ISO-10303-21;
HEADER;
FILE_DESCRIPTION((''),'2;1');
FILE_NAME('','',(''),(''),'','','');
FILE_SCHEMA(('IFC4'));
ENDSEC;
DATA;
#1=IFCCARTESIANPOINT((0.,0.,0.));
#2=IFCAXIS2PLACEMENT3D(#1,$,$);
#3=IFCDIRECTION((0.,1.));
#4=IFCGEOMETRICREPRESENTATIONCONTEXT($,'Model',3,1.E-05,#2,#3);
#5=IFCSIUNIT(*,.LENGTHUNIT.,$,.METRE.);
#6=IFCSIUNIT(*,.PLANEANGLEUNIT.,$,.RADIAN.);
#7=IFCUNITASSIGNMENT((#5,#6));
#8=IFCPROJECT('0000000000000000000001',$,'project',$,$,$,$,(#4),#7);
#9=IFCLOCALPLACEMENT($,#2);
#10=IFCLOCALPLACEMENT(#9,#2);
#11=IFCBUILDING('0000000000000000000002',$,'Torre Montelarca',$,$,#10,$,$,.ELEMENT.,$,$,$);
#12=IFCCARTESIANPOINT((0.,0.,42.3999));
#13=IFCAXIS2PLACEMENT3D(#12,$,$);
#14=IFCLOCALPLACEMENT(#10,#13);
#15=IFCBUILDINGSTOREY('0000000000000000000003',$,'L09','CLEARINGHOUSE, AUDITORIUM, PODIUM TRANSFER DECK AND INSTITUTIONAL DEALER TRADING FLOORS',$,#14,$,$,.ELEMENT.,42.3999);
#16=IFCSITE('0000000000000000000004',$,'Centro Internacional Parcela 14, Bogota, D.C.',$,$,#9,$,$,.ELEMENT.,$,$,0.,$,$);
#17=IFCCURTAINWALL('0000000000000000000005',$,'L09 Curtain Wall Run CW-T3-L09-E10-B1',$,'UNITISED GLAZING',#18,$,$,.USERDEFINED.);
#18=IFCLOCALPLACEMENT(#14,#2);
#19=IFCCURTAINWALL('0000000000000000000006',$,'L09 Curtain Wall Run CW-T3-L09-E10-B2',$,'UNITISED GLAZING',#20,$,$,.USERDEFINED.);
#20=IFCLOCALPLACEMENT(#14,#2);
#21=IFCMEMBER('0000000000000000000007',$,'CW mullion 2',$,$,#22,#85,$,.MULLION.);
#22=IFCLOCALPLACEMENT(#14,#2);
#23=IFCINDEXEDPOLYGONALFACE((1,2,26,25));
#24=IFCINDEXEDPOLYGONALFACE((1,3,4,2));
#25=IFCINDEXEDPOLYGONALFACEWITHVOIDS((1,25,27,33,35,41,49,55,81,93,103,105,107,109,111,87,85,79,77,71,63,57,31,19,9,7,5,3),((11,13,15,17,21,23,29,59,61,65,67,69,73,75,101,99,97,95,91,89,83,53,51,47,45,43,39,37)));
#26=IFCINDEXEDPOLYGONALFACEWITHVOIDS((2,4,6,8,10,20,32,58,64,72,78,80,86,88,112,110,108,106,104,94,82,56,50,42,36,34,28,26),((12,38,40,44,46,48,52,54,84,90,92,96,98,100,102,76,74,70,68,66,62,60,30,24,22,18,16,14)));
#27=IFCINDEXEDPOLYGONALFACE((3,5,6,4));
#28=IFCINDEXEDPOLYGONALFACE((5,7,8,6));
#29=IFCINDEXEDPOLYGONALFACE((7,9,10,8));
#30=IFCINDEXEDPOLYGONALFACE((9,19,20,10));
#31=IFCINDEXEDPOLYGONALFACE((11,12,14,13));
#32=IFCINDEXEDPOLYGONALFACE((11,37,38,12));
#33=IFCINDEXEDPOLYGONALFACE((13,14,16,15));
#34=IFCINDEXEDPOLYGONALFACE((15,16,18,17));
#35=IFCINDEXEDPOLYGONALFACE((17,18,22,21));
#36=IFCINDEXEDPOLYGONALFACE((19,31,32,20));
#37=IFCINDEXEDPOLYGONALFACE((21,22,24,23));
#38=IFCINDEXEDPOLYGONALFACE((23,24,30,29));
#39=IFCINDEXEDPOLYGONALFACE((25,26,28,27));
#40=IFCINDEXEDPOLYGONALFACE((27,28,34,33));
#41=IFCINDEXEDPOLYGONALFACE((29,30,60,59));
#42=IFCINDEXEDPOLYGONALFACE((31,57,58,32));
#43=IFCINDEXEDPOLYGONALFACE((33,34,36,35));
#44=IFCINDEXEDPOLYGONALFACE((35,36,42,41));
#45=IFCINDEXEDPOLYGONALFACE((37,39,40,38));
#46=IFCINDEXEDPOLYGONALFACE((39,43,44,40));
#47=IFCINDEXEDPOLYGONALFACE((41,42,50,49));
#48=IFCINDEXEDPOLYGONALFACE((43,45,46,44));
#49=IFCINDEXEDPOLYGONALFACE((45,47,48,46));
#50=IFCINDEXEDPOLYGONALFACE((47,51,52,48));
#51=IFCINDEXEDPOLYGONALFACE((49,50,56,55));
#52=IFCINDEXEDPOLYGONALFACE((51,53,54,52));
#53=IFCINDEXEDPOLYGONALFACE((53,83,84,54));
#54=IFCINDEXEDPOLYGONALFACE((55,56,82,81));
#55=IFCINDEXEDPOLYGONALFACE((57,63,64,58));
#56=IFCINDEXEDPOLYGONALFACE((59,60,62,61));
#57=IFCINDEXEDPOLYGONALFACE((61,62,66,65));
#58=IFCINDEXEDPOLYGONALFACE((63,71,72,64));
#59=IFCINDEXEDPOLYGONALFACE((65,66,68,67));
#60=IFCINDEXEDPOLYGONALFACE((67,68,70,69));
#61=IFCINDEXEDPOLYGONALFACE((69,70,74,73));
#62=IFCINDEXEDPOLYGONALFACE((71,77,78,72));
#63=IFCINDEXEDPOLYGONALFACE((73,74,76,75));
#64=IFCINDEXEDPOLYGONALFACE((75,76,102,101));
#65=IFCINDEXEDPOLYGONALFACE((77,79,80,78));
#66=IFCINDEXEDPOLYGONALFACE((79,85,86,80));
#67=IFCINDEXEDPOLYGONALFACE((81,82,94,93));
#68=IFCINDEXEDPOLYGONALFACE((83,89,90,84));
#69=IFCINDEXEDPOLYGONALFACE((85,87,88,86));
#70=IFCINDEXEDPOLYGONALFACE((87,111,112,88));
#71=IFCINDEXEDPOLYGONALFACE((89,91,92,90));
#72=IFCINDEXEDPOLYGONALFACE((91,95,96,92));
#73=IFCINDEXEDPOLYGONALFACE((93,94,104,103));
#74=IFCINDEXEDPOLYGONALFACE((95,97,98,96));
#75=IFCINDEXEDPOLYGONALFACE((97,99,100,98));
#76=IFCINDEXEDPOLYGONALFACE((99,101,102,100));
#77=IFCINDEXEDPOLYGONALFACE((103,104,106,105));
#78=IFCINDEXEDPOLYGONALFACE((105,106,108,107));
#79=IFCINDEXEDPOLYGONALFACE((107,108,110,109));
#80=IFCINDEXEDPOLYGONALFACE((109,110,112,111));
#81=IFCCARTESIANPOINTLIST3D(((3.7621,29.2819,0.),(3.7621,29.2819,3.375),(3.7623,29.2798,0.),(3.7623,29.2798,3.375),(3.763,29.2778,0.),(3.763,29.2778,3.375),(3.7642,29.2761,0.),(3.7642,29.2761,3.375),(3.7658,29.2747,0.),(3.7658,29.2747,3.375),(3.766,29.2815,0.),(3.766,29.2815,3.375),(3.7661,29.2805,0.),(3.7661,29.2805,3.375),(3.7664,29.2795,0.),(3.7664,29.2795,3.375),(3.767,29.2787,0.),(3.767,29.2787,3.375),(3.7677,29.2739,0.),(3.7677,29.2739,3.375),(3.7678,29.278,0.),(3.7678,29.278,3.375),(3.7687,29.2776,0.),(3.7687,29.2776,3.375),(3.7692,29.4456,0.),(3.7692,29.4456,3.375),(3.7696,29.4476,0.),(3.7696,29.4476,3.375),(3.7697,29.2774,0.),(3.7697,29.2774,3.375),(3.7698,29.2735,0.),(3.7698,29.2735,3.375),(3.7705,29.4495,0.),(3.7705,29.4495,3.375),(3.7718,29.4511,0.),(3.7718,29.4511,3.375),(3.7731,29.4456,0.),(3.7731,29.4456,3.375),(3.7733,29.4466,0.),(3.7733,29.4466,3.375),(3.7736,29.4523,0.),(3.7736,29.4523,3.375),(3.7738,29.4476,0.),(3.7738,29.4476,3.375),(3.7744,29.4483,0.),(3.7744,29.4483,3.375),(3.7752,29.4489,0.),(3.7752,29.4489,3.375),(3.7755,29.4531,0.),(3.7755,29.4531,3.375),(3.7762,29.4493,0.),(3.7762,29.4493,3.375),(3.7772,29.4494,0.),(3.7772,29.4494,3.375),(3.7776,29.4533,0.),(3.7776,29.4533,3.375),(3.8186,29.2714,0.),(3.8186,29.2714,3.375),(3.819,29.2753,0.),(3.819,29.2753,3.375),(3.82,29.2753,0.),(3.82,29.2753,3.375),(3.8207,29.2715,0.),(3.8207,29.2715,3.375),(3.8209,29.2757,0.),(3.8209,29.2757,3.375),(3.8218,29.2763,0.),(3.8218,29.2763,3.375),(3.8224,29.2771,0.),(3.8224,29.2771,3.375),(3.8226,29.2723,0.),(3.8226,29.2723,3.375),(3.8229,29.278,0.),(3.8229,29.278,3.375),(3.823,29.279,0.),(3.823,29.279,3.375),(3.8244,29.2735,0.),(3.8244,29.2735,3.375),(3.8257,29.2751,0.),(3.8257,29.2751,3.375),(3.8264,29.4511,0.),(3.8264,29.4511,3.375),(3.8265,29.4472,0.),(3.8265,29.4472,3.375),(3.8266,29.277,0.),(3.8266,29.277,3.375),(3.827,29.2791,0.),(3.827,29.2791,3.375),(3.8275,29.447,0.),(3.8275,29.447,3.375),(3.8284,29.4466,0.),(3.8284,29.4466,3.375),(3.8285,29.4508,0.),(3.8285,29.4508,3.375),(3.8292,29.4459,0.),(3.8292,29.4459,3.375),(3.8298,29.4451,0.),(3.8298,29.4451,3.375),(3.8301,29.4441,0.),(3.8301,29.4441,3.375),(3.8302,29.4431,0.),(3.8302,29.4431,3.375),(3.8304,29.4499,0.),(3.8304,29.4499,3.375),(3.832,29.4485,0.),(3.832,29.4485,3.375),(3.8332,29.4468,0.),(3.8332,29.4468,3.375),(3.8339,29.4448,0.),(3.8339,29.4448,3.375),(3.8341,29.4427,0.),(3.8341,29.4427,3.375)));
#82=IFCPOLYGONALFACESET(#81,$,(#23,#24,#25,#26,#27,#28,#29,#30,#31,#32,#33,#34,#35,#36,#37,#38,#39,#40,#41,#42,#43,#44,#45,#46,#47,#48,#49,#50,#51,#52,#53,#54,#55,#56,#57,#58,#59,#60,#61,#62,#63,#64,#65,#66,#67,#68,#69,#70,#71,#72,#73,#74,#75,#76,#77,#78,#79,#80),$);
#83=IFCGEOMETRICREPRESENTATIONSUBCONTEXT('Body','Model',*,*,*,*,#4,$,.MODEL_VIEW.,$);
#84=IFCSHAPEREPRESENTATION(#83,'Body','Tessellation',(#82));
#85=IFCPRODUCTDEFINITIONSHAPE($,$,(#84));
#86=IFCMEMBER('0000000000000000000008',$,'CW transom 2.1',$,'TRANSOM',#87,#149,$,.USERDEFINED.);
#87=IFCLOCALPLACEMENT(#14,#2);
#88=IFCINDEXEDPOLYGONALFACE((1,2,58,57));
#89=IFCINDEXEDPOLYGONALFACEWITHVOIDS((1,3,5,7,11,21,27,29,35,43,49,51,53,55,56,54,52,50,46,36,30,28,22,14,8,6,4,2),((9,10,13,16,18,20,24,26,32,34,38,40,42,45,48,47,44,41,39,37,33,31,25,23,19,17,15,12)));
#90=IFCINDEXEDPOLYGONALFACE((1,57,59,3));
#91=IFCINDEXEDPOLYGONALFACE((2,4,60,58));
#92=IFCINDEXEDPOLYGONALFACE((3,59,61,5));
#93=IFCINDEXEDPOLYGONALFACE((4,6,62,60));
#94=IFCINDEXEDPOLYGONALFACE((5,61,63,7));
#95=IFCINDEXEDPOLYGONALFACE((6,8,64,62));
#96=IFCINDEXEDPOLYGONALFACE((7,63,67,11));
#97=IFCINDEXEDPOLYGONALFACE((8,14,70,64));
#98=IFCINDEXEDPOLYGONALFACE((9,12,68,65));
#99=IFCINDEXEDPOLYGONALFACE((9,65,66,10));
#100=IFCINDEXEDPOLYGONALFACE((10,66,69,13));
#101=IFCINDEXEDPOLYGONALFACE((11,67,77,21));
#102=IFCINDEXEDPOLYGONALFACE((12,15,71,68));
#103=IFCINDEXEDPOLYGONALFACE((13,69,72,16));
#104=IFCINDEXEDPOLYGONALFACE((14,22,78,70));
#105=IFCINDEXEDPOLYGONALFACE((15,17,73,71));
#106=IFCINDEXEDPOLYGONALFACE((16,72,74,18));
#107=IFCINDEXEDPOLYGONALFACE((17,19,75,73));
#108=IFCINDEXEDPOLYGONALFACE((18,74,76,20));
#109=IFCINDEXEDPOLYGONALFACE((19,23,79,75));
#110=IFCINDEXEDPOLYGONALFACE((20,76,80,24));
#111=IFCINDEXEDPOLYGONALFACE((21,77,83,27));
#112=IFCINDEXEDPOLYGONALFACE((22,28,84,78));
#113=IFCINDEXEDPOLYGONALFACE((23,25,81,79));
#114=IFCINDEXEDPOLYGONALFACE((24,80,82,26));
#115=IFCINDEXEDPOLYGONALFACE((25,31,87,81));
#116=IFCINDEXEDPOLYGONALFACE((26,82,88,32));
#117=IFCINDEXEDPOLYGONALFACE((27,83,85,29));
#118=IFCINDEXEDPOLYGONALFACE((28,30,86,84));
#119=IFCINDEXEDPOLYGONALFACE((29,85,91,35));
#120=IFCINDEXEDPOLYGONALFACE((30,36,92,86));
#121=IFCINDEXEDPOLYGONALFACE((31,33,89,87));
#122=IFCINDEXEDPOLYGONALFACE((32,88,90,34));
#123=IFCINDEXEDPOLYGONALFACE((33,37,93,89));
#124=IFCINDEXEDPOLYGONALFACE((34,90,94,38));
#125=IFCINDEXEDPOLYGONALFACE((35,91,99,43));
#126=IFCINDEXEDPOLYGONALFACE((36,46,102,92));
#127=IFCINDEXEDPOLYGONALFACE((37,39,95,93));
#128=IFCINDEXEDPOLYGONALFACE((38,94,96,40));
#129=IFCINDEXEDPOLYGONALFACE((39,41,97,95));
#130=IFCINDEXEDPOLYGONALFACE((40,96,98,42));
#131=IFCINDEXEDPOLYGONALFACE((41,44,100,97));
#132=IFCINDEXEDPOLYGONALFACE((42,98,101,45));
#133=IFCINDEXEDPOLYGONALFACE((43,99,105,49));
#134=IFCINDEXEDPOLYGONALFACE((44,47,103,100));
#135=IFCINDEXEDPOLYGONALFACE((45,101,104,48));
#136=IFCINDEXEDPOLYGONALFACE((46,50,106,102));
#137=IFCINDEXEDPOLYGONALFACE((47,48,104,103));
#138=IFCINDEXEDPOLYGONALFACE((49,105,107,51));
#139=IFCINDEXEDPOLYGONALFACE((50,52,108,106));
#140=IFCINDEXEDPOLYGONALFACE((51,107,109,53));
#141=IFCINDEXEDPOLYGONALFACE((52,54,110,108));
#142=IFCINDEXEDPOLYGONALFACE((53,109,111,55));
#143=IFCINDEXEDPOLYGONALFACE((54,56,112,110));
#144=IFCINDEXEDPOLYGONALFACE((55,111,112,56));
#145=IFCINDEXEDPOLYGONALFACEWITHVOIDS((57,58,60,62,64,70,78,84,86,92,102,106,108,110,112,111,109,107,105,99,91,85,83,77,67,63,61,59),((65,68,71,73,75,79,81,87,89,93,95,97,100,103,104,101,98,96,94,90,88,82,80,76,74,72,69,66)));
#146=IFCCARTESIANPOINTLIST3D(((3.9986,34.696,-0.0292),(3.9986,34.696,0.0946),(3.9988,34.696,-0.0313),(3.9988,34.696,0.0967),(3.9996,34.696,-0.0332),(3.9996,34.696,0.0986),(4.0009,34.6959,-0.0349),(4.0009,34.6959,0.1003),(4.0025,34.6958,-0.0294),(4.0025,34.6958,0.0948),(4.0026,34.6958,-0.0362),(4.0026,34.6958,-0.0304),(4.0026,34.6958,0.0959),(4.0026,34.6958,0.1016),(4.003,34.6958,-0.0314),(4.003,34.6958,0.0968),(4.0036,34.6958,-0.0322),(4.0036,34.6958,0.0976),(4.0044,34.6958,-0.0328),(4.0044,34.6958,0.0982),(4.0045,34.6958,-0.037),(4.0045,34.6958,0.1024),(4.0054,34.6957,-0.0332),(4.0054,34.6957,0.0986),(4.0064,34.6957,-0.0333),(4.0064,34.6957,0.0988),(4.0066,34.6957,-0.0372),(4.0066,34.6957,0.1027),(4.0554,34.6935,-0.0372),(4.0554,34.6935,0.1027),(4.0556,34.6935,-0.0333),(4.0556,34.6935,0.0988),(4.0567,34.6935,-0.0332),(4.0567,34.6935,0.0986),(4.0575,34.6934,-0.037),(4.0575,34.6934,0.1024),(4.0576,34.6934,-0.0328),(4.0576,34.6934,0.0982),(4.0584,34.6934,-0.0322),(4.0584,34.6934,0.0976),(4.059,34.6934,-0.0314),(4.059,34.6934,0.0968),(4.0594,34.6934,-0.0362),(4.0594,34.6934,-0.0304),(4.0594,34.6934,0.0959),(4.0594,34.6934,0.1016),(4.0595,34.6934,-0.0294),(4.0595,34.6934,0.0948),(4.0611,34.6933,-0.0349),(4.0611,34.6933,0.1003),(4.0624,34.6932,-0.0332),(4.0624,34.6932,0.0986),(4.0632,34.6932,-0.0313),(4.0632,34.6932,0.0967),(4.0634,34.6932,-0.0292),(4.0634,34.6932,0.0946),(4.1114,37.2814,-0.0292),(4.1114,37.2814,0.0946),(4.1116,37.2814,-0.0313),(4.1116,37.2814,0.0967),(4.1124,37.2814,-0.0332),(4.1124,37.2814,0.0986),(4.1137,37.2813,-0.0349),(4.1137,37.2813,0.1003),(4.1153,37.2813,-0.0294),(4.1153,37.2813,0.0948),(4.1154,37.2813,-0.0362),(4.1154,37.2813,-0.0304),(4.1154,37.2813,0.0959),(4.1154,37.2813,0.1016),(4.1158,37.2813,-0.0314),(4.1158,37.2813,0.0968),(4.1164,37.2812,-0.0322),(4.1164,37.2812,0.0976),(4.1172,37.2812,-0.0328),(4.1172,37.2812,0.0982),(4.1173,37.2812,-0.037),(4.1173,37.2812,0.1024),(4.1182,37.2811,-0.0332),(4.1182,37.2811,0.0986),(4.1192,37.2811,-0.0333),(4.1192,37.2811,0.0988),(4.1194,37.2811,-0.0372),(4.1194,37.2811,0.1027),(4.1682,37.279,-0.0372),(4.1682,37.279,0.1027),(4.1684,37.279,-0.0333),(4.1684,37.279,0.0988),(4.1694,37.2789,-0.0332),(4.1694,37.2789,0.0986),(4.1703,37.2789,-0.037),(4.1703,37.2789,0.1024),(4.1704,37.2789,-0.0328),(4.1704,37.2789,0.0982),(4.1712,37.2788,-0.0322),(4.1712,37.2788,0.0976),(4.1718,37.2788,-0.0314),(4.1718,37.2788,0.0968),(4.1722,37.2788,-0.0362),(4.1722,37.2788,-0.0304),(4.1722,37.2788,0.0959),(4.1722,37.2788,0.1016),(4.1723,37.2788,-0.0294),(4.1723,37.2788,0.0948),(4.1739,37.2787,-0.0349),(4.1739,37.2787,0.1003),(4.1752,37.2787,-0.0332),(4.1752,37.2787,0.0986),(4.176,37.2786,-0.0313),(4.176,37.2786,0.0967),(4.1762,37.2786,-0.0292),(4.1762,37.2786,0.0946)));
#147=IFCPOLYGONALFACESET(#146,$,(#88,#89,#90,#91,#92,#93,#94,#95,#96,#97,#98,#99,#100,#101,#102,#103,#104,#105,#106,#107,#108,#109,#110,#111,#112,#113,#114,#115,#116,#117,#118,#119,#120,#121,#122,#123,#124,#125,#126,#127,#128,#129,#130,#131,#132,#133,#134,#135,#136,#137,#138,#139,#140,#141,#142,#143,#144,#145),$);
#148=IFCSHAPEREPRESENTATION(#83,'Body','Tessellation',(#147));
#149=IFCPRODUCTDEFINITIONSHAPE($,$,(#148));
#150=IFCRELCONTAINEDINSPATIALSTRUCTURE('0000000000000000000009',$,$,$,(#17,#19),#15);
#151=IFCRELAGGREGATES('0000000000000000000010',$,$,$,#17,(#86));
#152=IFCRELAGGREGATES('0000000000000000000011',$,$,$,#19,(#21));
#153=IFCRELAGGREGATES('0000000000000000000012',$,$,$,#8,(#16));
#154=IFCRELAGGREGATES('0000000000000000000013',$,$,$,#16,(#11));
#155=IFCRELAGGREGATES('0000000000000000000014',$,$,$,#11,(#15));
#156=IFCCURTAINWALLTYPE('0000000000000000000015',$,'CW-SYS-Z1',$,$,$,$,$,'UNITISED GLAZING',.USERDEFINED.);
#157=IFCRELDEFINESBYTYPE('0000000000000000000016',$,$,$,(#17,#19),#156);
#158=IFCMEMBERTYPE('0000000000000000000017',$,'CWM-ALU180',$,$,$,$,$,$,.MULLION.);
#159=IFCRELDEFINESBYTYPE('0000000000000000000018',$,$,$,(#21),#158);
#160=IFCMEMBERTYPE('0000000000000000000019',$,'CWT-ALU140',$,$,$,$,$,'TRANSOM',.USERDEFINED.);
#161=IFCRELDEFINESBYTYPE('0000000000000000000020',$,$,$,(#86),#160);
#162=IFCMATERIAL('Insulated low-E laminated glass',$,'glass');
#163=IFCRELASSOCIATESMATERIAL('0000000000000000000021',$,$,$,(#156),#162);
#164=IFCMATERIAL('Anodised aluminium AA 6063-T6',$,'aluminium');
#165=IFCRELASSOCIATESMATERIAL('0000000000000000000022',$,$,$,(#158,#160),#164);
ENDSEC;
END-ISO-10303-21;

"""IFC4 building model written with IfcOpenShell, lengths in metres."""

from ifc_helpers import new_model, si_unit, direction, frame, origin, origin_2d, place, context, subcontext, project, spatial, hollow_rectangle, extrude, source, transform, mapped, material, material_profile, profile_set, type_object, element, aggregate, save


model = new_model("IFC4")

# Units and contexts
model_context = context("Model", 3, precision=1e-05, world=origin(), true_north=direction((0.0, 1.0)))
body_context = subcontext(model_context, "Body", "Model", "MODEL_VIEW")
ifc_project = project(units=[si_unit("LENGTHUNIT", "METRE"), si_unit("PLANEANGLEUNIT", "RADIAN")], contexts=[model_context])

# Site, building, storey
site_placement = place(None, origin())
site = spatial("IfcSite", under=ifc_project, at=site_placement, Name="Centro Internacional Parcela 14, Bogota, D.C.", CompositionType="ELEMENT", RefElevation=0.0)
building_placement = place(site_placement, origin())
building = spatial("IfcBuilding", under=site, at=building_placement, Name="Torre Montelarca", CompositionType="ELEMENT")
storey_placement = place(building_placement, frame((0.0, 0.0, 42.3999)))
storey = spatial("IfcBuildingStorey", under=building, at=storey_placement, Name="L09", Description="CLEARINGHOUSE, AUDITORIUM, PODIUM TRANSFER DECK AND INSTITUTIONAL DEALER TRADING FLOORS", CompositionType="ELEMENT", Elevation=42.3999)

# Curtain walls, member
ifc_material_1 = material(Name="Insulated low-E laminated glass", Category="glass")
curtain_wall_type = type_object("IfcCurtainWallType", Name="CW-SYS-Z1", ElementType="UNITISED GLAZING", PredefinedType="USERDEFINED", material=ifc_material_1)
curtain_wall_1_placement = place(storey_placement, origin())
curtain_wall_1 = element("IfcCurtainWall", 1, at=curtain_wall_1_placement, inside=storey, type_object=curtain_wall_type, Name="L09 Curtain Wall Run CW-T3-L09-E10-B1", ObjectType="UNITISED GLAZING", PredefinedType="USERDEFINED")
ifc_material_2 = material(Name="Anodised aluminium AA 6063-T6", Category="aluminium")
ifc_material_profile_1 = material_profile(ifc_material_2, hollow_rectangle(XDim=0.0649, YDim=0.1799, WallThickness=0.0039, InnerFilletRadius=0.0039, OuterFilletRadius=0.0081, at=origin_2d()), Name="ALU65X180X4", Category="aluminium")
ifc_profile_set_1 = profile_set([ifc_material_profile_1], Name="Anodised aluminium AA 6063-T6")
member_type_1 = type_object("IfcMemberType", Name="CWM-ALU180", PredefinedType="MULLION", material=ifc_profile_set_1)
shared_shape_1 = source(origin(), body_context, "Body", "SweptSolid", [
    extrude(hollow_rectangle(XDim=0.0649, YDim=0.1799, WallThickness=0.0039, InnerFilletRadius=0.0039, OuterFilletRadius=0.0081, at=origin_2d()), origin(), (0.0, 0.0, 1.0), 3.375),
])
curtain_wall_2_placement = place(storey_placement, origin())
curtain_wall_2 = element("IfcCurtainWall", 2, at=curtain_wall_2_placement, inside=storey, type_object=curtain_wall_type, Name="L09 Curtain Wall Run CW-T3-L09-E10-B2", ObjectType="UNITISED GLAZING", PredefinedType="USERDEFINED")
member_1_placement = place(storey_placement, frame((3.7981, 29.3623, 0.0), z_axis=(0.0, 0.0, 1.0), x_axis=(0.999048, -0.043629, 0.0)))
member_1 = element("IfcMember", 3, at=member_1_placement, type_object=member_type_1, Name="CW mullion 2", PredefinedType="MULLION", context=body_context, shape_type="MappedRepresentation", body=[
    mapped(shared_shape_1, transform((0.0, 0.0, 0.0), scale=1.0)),
])

# Member
ifc_material_profile_2 = material_profile(ifc_material_2, hollow_rectangle(XDim=0.0649, YDim=0.1399, WallThickness=0.0039, InnerFilletRadius=0.0039, OuterFilletRadius=0.0081, at=origin_2d()), Name="ALU65X140X4", Category="aluminium")
ifc_profile_set_2 = profile_set([ifc_material_profile_2], Name="Anodised aluminium AA 6063-T6")
member_type_2 = type_object("IfcMemberType", Name="CWT-ALU140", ElementType="TRANSOM", PredefinedType="USERDEFINED", material=ifc_profile_set_2)
shared_shape_2 = source(origin(), body_context, "Body", "SweptSolid", [
    extrude(hollow_rectangle(XDim=0.0649, YDim=0.1399, WallThickness=0.0039, InnerFilletRadius=0.0039, OuterFilletRadius=0.0081, at=origin_2d()), origin(), (0.0, 0.0, 1.0), 2.5879),
])
member_2_placement = place(storey_placement, frame((4.1438, 37.28, 0.0327), z_axis=(-0.043585, -0.99905, 0.0), x_axis=(0.99905, -0.043585, 0.0)))
member_2 = element("IfcMember", 4, at=member_2_placement, type_object=member_type_2, Name="CW transom 2.1", ObjectType="TRANSOM", PredefinedType="USERDEFINED", context=body_context, shape_type="MappedRepresentation", body=[
    mapped(shared_shape_2, transform((0.0, 0.0, 0.0), scale=1.0)),
])

aggregate(curtain_wall_1, [member_2])
aggregate(curtain_wall_2, [member_1])

save(model, "model.ifc")
